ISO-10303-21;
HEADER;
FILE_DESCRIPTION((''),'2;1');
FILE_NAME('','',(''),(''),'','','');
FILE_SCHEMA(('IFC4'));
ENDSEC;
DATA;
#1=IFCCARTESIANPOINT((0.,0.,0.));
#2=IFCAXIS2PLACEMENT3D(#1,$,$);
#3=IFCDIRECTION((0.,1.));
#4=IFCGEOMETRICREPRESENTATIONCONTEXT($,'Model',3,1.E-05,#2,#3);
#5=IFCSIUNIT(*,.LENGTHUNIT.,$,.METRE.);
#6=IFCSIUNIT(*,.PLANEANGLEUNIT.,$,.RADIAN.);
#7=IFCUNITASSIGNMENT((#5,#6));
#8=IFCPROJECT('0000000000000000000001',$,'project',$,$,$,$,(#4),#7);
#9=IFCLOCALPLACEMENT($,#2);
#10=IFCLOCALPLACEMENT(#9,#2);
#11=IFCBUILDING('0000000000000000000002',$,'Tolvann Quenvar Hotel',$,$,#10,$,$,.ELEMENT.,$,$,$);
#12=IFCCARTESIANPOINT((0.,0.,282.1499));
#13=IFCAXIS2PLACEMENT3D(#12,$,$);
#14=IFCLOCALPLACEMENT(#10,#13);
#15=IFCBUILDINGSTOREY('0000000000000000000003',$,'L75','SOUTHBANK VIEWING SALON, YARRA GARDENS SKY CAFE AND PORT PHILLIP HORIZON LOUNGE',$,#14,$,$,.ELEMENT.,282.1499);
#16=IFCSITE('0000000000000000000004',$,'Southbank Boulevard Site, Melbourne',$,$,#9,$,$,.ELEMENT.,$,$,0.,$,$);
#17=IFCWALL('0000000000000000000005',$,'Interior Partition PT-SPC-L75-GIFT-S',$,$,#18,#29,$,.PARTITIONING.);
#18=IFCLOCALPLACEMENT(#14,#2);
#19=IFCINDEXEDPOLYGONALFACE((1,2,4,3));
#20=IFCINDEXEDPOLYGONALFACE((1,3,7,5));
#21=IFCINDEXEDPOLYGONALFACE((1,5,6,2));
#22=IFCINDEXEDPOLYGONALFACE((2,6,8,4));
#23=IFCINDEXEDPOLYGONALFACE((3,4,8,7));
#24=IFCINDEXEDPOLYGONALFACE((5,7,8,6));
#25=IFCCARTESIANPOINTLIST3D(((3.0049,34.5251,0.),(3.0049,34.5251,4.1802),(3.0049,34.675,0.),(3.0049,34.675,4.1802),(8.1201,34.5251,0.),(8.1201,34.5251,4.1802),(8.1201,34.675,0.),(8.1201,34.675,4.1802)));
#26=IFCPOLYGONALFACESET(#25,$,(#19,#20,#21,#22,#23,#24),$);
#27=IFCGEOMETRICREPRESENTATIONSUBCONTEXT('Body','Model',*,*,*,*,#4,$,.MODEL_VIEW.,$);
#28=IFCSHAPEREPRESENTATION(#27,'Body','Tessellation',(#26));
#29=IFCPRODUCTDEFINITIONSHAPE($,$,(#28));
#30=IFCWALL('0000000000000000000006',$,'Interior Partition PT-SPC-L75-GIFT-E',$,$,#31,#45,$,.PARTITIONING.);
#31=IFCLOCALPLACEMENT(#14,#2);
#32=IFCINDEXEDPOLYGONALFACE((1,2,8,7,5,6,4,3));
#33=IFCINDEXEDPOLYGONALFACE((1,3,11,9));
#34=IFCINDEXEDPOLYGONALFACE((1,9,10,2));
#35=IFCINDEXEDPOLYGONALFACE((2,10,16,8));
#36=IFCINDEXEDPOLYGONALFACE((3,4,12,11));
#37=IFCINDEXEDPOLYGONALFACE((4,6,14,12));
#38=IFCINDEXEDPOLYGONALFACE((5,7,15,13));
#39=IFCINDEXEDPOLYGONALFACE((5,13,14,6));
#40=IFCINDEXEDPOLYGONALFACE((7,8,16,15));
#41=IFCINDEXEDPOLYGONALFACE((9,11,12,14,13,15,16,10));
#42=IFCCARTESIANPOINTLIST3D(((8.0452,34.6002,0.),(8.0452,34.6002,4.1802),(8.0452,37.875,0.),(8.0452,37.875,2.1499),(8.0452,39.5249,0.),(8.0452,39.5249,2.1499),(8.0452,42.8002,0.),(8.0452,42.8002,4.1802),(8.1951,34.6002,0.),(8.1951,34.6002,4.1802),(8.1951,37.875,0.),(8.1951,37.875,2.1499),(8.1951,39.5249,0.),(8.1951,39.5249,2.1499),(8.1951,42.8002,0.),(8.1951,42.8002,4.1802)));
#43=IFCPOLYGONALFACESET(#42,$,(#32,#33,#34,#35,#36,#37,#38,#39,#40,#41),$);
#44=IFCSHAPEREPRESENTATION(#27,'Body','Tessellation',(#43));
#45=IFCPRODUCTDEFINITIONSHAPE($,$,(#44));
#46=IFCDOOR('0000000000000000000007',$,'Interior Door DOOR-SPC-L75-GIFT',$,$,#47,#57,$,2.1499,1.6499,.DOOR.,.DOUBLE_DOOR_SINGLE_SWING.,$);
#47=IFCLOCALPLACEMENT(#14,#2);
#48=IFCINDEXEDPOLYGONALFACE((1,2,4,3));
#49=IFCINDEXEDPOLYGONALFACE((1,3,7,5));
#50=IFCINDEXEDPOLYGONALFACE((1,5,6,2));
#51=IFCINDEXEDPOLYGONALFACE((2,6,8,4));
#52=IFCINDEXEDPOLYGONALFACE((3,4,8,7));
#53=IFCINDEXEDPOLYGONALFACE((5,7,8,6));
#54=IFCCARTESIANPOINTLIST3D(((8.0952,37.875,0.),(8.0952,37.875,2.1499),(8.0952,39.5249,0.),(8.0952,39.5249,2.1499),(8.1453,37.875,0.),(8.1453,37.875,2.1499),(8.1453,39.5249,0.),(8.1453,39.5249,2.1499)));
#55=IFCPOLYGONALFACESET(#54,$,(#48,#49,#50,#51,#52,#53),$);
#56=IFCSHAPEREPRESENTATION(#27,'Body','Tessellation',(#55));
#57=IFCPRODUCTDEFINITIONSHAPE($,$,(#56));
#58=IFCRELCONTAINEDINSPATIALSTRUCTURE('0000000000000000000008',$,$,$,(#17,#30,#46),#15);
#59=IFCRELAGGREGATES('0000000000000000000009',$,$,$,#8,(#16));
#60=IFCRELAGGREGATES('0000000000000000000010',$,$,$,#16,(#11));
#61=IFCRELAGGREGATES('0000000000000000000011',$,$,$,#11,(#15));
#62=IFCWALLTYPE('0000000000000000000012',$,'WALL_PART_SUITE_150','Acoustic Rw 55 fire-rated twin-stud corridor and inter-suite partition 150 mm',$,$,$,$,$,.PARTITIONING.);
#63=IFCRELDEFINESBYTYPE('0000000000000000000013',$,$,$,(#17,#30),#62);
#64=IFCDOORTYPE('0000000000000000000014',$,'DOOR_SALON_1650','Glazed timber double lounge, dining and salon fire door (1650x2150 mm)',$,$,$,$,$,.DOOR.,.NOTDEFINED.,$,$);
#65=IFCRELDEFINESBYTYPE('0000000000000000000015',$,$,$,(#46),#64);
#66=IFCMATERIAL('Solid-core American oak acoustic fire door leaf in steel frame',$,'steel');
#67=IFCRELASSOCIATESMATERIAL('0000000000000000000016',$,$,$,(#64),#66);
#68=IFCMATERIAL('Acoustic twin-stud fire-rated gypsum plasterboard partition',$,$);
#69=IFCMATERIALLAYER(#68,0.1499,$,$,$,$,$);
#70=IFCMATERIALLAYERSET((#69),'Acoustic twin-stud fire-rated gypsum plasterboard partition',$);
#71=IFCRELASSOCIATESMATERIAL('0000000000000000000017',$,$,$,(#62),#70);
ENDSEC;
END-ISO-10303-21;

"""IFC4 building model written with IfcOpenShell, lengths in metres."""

from ifc_helpers import new_model, si_unit, direction, frame, frame_2d, origin, place, context, subcontext, project, spatial, rectangle, extrude, source, transform, mapped, material, layer, layer_set, type_object, type_shapes, element, fill, save


model = new_model("IFC4")

# Units and contexts
model_context = context("Model", 3, precision=1e-05, world=origin(), true_north=direction((0.0, 1.0)))
body_context = subcontext(model_context, "Body", "Model", "MODEL_VIEW")
ifc_project = project(units=[si_unit("LENGTHUNIT", "METRE"), si_unit("PLANEANGLEUNIT", "RADIAN")], contexts=[model_context])

# Site, building, storey
site_placement = place(None, origin())
site = spatial("IfcSite", under=ifc_project, at=site_placement, Name="Southbank Boulevard Site, Melbourne", CompositionType="ELEMENT", RefElevation=0.0)
building_placement = place(site_placement, origin())
building = spatial("IfcBuilding", under=site, at=building_placement, Name="Tolvann Quenvar Hotel", CompositionType="ELEMENT")
storey_placement = place(building_placement, frame((0.0, 0.0, 282.1499)))
storey = spatial("IfcBuildingStorey", under=building, at=storey_placement, Name="L75", Description="SOUTHBANK VIEWING SALON, YARRA GARDENS SKY CAFE AND PORT PHILLIP HORIZON LOUNGE", CompositionType="ELEMENT", Elevation=282.1499)

# Shared definitions
ifc_material_1 = material(Name="Acoustic twin-stud fire-rated gypsum plasterboard partition")
ifc_material_2 = material(Name="Solid-core American oak acoustic fire door leaf in steel frame", Category="steel")
door_type = type_object("IfcDoorType", Name="DOOR_SALON_1650", Description="Glazed timber double lounge, dining and salon fire door (1650x2150 mm)", OperationType="NOTDEFINED", PredefinedType="DOOR", material=ifc_material_2)
shared_shape_1 = source(origin(), body_context, "Body", "SweptSolid", [
    extrude(rectangle(XDim=1.6499, YDim=2.1499, at=frame_2d((0.825, 1.075))), frame((0.0, 0.0249, 0.0), z_axis=(0.0, -1.0, 0.0), x_axis=(1.0, 0.0, 0.0)), (0.0, 0.0, 1.0), 0.05),
])
type_shapes(door_type, [shared_shape_1])

# Wall
ifc_layer_1 = layer(ifc_material_1, 0.1499)
ifc_layer_set_1 = layer_set([ifc_layer_1], Name="Acoustic twin-stud fire-rated gypsum plasterboard partition")
wall_type_1 = type_object("IfcWallType", Name="WALL_PART_SUITE_150", Description="Acoustic Rw 55 fire-rated twin-stud corridor and inter-suite partition 150 mm", PredefinedType="PARTITIONING", material=ifc_layer_set_1)
wall_1_placement = place(storey_placement, frame((3.0049, 34.6001, 0.0), z_axis=(0.0, 0.0, 1.0), x_axis=(1.0, 0.0, 0.0)))
element("IfcWall", 1, at=wall_1_placement, inside=storey, type_object=wall_type_1, Name="Interior Partition PT-SPC-L75-GIFT-S", PredefinedType="PARTITIONING", context=body_context, shape_type="SweptSolid", body=[
    extrude(rectangle(XDim=5.1152, YDim=0.1499, at=frame_2d((2.5576, 0.0))), origin(), (0.0, 0.0, 1.0), 4.1802),
])

# Wall, opening, door
wall_2_placement = place(storey_placement, frame((8.1201, 34.6001, 0.0), z_axis=(0.0, 0.0, 1.0), x_axis=(0.0, 1.0, 0.0)))
wall_2 = element("IfcWall", 2, at=wall_2_placement, inside=storey, type_object=wall_type_1, Name="Interior Partition PT-SPC-L75-GIFT-E", PredefinedType="PARTITIONING", context=body_context, shape_type="SweptSolid", body=[
    extrude(rectangle(XDim=8.2, YDim=0.1499, at=frame_2d((4.1001, 0.0))), origin(), (0.0, 0.0, 1.0), 4.1802),
])
opening_1_placement = place(wall_2_placement, frame((3.2749, 0.0, 0.0)))
opening_1 = element("IfcOpeningElement", 3, at=opening_1_placement, cuts=wall_2, PredefinedType="OPENING", context=body_context, shape_type="SweptSolid", body=[
    extrude(rectangle(XDim=1.6499, YDim=2.1499, at=frame_2d((0.825, 1.075))), frame((0.0, 0.085, 0.0), z_axis=(0.0, -1.0, 0.0), x_axis=(1.0, 0.0, 0.0)), (0.0, 0.0, 1.0), 0.1699),
])
door_1_placement = place(opening_1_placement, origin())
door_1 = element("IfcDoor", 4, at=door_1_placement, inside=storey, type_object=door_type, Name="Interior Door DOOR-SPC-L75-GIFT", OperationType="DOUBLE_DOOR_SINGLE_SWING", OverallHeight=2.1499, OverallWidth=1.6499, PredefinedType="DOOR", context=body_context, shape_type="MappedRepresentation", body=[
    mapped(shared_shape_1, transform((0.0, 0.0, 0.0), x_axis=(1.0, 0.0, 0.0), y_axis=(0.0, 1.0, 0.0), z_axis=(0.0, 0.0, 1.0), scale=1.0)),
])
fill(opening_1, door_1)

save(model, "model.ifc")
